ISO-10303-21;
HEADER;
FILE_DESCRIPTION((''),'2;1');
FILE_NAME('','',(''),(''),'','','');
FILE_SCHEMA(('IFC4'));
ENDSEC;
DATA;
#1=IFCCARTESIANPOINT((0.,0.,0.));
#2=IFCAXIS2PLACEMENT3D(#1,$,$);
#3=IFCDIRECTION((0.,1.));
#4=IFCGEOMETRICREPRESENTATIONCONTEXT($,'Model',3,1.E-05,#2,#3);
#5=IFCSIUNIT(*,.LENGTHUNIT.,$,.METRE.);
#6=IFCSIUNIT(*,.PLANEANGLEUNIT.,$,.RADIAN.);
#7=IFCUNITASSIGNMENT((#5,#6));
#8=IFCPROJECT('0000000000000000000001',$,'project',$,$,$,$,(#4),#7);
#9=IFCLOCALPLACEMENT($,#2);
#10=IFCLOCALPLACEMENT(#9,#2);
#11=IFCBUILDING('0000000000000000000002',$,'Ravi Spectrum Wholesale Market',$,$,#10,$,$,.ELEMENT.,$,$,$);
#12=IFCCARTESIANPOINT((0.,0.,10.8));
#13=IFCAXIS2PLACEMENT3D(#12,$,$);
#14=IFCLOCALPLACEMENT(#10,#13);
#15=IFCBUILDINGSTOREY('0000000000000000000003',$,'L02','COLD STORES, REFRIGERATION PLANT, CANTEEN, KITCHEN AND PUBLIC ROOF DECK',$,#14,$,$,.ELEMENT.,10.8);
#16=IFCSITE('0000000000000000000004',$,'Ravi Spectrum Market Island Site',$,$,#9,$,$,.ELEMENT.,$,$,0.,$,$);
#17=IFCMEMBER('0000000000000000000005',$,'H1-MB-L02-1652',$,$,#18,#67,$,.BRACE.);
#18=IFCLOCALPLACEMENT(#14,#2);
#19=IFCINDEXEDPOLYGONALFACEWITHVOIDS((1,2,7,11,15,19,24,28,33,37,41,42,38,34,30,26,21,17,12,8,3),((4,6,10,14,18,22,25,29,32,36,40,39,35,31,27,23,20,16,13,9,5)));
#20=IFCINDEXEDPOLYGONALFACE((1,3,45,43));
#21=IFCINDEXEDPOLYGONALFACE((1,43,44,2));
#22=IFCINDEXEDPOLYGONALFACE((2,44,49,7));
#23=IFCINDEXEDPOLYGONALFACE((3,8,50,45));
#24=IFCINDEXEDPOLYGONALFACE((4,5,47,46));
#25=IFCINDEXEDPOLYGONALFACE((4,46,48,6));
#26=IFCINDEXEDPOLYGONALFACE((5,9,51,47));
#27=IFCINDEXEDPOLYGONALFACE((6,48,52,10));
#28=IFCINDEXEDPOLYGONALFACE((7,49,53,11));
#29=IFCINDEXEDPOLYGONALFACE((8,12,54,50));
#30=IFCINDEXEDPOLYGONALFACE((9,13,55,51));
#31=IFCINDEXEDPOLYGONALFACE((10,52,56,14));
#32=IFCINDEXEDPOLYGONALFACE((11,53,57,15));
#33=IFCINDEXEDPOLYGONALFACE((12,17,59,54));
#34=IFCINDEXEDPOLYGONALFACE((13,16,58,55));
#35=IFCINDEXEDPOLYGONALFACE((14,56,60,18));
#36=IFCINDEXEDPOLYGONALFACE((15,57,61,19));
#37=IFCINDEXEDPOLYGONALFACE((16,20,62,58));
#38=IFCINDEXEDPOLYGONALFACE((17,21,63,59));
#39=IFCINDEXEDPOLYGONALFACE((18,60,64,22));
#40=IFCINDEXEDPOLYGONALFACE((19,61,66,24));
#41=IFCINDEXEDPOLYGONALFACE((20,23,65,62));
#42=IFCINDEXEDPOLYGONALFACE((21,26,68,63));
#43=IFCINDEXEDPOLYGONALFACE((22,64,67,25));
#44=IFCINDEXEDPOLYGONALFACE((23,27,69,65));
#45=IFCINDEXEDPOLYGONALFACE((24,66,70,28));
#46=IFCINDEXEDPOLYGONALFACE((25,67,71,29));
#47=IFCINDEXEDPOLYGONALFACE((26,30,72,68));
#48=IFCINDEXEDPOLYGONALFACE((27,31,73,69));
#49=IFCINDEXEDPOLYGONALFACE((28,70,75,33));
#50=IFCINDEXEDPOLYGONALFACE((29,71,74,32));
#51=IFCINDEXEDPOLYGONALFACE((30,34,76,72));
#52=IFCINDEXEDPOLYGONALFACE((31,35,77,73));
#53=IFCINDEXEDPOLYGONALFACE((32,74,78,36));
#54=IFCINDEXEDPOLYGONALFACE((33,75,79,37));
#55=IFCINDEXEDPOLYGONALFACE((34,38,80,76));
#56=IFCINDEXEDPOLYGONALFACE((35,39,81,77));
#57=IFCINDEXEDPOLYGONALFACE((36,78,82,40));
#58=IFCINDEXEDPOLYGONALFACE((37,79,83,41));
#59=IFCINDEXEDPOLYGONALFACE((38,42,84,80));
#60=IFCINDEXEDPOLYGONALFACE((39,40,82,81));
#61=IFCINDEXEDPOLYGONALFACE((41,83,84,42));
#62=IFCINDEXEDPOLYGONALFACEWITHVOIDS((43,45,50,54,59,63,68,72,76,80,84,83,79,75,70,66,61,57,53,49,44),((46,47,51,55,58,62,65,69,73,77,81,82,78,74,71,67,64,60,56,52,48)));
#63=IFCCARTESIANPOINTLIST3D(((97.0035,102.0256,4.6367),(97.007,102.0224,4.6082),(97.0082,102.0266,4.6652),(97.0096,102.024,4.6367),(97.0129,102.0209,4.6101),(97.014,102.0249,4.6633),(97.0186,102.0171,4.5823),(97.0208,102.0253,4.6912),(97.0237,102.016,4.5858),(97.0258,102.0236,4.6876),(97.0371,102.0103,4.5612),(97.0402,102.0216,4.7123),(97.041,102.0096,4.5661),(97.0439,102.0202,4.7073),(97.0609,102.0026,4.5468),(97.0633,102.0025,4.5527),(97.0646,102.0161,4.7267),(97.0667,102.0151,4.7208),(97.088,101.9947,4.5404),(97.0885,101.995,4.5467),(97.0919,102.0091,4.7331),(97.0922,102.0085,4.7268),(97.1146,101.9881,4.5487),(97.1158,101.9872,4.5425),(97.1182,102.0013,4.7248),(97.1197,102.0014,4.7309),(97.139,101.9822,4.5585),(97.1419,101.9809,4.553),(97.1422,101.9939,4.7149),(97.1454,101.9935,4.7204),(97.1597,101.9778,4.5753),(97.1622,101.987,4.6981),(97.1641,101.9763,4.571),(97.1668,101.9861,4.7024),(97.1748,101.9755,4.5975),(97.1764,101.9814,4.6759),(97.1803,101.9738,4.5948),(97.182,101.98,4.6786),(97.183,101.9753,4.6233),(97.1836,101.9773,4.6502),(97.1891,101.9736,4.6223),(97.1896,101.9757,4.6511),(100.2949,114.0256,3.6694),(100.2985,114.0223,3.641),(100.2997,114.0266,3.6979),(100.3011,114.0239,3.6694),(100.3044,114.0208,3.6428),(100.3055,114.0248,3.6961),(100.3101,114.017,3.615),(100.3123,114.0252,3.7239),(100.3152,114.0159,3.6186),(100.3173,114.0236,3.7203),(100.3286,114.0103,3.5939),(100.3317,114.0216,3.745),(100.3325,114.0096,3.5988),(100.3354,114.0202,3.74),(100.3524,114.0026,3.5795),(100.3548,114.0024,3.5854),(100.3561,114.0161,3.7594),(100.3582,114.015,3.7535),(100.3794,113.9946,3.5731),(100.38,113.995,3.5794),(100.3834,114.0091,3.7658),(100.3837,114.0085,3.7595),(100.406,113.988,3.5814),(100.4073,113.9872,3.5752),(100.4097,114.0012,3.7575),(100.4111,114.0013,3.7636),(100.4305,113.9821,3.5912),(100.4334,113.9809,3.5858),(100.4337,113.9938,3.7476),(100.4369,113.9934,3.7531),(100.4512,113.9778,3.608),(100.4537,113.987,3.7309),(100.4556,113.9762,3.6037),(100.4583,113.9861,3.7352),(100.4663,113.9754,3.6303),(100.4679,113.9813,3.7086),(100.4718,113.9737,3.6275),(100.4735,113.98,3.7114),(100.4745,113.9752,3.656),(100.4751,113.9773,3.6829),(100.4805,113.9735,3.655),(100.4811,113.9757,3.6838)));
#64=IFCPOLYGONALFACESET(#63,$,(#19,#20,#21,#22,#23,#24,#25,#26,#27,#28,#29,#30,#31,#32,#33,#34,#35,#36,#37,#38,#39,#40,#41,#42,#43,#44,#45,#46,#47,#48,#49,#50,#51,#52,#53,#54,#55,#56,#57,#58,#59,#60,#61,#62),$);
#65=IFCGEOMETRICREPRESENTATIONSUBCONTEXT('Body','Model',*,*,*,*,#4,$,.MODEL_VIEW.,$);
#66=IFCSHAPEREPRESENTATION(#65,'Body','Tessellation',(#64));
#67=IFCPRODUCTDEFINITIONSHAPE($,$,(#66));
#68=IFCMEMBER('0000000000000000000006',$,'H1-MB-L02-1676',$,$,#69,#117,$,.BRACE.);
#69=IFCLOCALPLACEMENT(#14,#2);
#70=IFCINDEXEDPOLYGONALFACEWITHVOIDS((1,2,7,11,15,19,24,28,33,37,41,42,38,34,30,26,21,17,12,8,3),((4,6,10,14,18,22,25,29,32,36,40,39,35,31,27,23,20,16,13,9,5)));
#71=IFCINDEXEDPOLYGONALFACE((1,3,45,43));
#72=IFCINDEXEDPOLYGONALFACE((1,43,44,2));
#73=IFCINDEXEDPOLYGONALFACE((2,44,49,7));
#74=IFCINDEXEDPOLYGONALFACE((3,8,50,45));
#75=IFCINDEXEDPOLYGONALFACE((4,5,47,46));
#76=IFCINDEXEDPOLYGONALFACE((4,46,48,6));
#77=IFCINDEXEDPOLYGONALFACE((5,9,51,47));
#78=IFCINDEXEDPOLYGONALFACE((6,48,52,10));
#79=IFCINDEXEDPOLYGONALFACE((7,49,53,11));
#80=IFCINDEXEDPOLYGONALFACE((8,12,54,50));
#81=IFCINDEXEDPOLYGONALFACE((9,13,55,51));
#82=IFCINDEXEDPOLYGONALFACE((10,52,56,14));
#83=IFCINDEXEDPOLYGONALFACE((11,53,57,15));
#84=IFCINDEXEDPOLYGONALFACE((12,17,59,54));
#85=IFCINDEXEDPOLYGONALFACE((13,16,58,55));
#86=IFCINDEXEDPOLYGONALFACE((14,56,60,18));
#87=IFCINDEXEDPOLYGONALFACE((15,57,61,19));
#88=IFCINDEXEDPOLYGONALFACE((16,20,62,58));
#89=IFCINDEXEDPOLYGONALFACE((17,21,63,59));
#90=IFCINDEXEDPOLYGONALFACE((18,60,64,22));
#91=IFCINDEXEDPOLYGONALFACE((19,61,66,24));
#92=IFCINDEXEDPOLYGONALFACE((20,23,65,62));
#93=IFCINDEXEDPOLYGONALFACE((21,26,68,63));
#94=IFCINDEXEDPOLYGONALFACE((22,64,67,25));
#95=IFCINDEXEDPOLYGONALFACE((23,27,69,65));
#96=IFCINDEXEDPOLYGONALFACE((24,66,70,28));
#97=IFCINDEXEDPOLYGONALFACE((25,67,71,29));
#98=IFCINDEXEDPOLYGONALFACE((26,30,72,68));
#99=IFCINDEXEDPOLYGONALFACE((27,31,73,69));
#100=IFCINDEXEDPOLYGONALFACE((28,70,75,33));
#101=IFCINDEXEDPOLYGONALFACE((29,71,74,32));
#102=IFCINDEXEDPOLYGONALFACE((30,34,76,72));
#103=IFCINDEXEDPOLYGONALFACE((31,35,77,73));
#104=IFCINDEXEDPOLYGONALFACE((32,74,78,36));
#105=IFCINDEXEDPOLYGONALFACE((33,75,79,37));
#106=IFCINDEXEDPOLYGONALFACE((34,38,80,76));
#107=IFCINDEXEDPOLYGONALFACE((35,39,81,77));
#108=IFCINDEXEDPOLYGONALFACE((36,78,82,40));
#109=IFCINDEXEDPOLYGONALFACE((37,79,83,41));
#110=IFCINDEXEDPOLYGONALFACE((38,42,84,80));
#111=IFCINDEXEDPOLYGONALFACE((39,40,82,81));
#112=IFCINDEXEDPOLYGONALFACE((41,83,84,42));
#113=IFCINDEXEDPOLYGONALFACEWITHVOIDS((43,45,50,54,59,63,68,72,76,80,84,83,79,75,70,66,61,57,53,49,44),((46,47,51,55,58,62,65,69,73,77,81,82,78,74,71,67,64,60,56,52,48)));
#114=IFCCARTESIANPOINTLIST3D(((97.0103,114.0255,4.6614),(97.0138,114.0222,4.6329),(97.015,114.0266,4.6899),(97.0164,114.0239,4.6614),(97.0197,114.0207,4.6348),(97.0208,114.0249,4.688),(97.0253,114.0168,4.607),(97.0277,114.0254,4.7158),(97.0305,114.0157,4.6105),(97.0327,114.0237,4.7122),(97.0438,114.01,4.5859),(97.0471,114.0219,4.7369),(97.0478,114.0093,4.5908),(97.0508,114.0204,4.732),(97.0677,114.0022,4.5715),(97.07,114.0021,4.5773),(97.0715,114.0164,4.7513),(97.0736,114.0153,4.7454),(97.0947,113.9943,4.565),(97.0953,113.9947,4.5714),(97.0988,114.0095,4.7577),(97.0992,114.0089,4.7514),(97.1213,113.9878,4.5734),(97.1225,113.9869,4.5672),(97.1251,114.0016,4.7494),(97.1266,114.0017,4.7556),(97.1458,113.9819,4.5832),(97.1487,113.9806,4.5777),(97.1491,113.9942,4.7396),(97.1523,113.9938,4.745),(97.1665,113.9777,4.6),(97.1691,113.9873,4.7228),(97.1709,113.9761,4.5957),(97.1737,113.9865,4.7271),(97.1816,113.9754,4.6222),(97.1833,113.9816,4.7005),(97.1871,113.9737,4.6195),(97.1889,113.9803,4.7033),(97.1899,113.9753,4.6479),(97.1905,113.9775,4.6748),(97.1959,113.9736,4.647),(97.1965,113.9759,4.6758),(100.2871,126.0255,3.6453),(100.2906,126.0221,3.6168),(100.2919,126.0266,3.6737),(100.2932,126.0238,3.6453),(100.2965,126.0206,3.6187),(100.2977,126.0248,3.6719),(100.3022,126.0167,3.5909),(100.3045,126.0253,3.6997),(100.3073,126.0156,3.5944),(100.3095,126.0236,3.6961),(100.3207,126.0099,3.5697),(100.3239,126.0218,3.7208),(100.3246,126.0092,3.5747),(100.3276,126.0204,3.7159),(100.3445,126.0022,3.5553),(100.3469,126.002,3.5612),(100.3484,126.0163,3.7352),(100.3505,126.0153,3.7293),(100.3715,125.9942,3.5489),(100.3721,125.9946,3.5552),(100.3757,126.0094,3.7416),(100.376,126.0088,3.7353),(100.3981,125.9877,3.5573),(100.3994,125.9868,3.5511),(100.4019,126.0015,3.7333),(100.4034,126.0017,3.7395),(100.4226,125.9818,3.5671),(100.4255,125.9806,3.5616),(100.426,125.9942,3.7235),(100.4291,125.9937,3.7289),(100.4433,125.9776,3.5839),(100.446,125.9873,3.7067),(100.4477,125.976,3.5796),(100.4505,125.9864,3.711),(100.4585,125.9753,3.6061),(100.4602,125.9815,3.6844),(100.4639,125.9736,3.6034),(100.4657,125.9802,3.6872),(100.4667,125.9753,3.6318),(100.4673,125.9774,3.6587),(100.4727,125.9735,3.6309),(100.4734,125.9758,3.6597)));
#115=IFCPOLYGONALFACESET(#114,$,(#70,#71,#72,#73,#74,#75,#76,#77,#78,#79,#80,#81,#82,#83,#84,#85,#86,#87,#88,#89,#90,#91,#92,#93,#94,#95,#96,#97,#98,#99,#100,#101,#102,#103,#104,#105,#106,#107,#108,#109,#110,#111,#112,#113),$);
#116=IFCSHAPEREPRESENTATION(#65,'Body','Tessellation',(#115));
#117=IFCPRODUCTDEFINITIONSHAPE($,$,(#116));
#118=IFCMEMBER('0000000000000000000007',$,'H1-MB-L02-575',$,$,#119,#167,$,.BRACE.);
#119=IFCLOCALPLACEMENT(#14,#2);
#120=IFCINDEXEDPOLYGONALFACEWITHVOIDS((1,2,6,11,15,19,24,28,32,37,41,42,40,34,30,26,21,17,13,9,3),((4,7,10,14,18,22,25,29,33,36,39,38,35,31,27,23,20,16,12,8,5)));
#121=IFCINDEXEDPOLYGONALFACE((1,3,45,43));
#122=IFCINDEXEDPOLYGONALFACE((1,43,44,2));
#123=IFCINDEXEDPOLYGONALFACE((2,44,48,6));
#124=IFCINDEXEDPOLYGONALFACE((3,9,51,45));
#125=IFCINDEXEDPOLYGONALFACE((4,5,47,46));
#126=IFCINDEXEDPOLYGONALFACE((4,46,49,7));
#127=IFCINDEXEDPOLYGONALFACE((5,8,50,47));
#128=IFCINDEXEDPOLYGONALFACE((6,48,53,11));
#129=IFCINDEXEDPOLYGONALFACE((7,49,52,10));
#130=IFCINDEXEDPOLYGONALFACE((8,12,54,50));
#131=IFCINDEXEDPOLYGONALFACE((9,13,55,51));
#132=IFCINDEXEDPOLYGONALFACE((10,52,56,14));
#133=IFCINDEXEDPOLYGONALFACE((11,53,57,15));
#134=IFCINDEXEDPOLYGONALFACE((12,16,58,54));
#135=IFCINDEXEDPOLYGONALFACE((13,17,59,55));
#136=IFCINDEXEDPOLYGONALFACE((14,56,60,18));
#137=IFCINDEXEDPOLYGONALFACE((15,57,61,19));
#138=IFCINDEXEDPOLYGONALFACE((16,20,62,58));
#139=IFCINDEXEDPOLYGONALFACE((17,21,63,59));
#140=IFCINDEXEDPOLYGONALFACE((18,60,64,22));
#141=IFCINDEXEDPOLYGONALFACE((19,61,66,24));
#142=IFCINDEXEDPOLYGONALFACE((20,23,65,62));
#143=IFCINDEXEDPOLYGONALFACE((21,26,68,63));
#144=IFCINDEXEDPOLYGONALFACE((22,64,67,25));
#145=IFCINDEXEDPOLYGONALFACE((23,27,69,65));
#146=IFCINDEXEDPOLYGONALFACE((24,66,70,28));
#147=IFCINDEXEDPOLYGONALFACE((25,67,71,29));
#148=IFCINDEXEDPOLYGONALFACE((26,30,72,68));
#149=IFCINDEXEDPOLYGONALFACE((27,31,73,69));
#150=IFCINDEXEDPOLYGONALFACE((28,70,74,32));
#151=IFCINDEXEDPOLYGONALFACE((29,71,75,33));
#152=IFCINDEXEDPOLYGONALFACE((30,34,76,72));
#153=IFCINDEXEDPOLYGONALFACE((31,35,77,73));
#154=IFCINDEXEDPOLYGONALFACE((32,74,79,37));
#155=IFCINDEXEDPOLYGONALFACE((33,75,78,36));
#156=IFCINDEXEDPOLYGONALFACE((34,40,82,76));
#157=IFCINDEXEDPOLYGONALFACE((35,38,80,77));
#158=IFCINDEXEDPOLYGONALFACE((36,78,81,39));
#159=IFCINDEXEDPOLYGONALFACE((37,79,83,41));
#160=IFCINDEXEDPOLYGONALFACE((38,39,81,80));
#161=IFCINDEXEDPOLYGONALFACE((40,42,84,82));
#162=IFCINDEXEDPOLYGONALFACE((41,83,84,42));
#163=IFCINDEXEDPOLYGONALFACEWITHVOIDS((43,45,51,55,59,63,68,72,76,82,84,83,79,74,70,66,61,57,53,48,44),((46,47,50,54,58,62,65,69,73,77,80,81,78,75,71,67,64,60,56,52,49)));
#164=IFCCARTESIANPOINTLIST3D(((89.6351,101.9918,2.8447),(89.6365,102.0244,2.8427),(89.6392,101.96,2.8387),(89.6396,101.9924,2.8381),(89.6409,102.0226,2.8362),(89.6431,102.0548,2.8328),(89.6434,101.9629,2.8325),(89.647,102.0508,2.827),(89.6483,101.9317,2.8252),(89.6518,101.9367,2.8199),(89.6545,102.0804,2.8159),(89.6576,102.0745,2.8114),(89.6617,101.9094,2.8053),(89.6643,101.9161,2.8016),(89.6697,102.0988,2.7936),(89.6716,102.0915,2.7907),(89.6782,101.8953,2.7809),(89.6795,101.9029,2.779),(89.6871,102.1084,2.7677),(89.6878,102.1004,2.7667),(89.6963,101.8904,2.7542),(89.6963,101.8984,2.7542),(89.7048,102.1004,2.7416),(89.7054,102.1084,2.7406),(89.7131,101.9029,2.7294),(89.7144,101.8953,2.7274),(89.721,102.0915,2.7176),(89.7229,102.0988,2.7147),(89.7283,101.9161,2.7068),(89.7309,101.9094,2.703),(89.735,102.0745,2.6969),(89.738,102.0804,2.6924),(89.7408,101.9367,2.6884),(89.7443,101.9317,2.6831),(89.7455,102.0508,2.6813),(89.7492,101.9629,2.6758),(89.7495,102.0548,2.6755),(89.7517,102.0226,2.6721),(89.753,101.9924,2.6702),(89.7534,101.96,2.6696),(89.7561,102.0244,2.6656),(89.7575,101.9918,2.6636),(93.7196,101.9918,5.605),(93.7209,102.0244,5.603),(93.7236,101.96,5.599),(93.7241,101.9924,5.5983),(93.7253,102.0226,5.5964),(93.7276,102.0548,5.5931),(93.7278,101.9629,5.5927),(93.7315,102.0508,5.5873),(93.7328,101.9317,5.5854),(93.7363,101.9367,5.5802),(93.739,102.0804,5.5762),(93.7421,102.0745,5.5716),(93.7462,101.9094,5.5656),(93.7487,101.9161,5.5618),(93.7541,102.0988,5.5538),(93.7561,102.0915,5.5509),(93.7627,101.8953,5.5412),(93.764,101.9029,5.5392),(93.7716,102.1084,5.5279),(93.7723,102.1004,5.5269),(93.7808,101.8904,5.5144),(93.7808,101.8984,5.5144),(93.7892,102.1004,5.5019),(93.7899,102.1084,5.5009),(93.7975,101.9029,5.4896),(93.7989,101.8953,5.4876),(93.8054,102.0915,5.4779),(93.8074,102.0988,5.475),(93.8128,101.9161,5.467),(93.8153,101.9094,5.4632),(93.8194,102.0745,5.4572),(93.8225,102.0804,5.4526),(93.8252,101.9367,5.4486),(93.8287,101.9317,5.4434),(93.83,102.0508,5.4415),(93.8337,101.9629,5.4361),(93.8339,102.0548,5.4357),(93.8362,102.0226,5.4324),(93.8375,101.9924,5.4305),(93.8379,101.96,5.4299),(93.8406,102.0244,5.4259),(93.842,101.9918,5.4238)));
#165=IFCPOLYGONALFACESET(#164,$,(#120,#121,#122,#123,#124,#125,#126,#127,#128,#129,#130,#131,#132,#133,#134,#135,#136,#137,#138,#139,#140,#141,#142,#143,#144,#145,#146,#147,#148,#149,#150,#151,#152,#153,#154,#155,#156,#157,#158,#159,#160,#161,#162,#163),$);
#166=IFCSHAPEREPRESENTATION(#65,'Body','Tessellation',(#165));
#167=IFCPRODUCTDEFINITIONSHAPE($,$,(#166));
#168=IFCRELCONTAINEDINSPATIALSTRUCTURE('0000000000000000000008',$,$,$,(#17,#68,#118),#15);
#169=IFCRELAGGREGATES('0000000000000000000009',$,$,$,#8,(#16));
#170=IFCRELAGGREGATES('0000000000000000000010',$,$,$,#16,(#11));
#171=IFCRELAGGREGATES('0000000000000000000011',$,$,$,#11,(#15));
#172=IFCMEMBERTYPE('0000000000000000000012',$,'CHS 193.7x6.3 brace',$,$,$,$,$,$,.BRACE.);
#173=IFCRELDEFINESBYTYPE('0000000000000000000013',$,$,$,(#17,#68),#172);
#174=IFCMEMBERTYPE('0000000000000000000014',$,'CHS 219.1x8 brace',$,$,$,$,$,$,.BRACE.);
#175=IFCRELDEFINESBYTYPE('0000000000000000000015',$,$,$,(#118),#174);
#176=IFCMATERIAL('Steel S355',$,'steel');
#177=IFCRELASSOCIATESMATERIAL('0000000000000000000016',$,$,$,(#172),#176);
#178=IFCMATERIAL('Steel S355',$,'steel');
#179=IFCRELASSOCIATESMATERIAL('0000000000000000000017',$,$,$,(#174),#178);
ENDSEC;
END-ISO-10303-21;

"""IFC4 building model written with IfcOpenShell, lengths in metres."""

from ifc_helpers import new_model, si_unit, direction, frame, origin, origin_2d, place, context, subcontext, project, spatial, hollow_circle, extrude, material, material_profile, profile_set, type_object, element, save


model = new_model("IFC4")

# Units and contexts
model_context = context("Model", 3, precision=1e-05, world=origin(), true_north=direction((0.0, 1.0)))
body_context = subcontext(model_context, "Body", "Model", "MODEL_VIEW")
ifc_project = project(units=[si_unit("LENGTHUNIT", "METRE"), si_unit("PLANEANGLEUNIT", "RADIAN")], contexts=[model_context])

# Site, building, storey
site_placement = place(None, origin())
site = spatial("IfcSite", under=ifc_project, at=site_placement, Name="Ravi Spectrum Market Island Site", CompositionType="ELEMENT", RefElevation=0.0)
building_placement = place(site_placement, origin())
building = spatial("IfcBuilding", under=site, at=building_placement, Name="Ravi Spectrum Wholesale Market", CompositionType="ELEMENT")
storey_placement = place(building_placement, frame((0.0, 0.0, 10.8)))
storey = spatial("IfcBuildingStorey", under=building, at=storey_placement, Name="L02", Description="COLD STORES, REFRIGERATION PLANT, CANTEEN, KITCHEN AND PUBLIC ROOF DECK", CompositionType="ELEMENT", Elevation=10.8)

# Members
ifc_material_1 = material(Name="Steel S355", Category="steel")
ifc_material_profile_1 = material_profile(ifc_material_1, hollow_circle(Radius=0.0969, WallThickness=0.0063, at=origin_2d()))
ifc_profile_set_1 = profile_set([ifc_material_profile_1], Name="Steel S355")
member_type_1 = type_object("IfcMemberType", Name="CHS 193.7x6.3 brace", PredefinedType="BRACE", material=ifc_profile_set_1)
for number, where, z_axis, x_axis, name in (
    (1, (97.0969, 102.0, 4.6367), (0.263726, 0.961479, -0.077502), (-0.96438, 0.264522, 0.0), "H1-MB-L02-1652"),
    (2, (97.1038, 114.0, 4.6614), (0.262552, 0.961477, -0.081414), (-0.96468, 0.263426, 0.0), "H1-MB-L02-1676"),
):
    element("IfcMember", number, at=place(storey_placement, frame(where, z_axis=z_axis, x_axis=x_axis)), inside=storey, type_object=member_type_1, Name=name, PredefinedType="BRACE", context=body_context, shape_type="SweptSolid", body=[
        extrude(hollow_circle(Radius=0.0969, WallThickness=0.0063, at=origin_2d()), origin(), (0.0, 0.0, 1.0), 12.4807),
    ])
ifc_material_2 = material(Name="Steel S355", Category="steel")
ifc_material_profile_2 = material_profile(ifc_material_2, hollow_circle(Radius=0.1096, WallThickness=0.0081, at=origin_2d()))
ifc_profile_set_2 = profile_set([ifc_material_profile_2], Name="Steel S355")
member_type_2 = type_object("IfcMemberType", Name="CHS 219.1x8 brace", PredefinedType="BRACE", material=ifc_profile_set_2)
for number, where, z_axis, x_axis, name in (
    (3, (93.7808, 102.0, 5.5144), (-0.828544, 0.0, -0.559924), (0.0, -1.0, 0.0), "H1-MB-L02-575"),
):
    element("IfcMember", number, at=place(storey_placement, frame(where, z_axis=z_axis, x_axis=x_axis)), inside=storey, type_object=member_type_2, Name=name, PredefinedType="BRACE", context=body_context, shape_type="SweptSolid", body=[
        extrude(hollow_circle(Radius=0.1096, WallThickness=0.0081, at=origin_2d()), origin(), (0.0, 0.0, 1.0), 4.9297),
    ])

save(model, "model.ifc")
